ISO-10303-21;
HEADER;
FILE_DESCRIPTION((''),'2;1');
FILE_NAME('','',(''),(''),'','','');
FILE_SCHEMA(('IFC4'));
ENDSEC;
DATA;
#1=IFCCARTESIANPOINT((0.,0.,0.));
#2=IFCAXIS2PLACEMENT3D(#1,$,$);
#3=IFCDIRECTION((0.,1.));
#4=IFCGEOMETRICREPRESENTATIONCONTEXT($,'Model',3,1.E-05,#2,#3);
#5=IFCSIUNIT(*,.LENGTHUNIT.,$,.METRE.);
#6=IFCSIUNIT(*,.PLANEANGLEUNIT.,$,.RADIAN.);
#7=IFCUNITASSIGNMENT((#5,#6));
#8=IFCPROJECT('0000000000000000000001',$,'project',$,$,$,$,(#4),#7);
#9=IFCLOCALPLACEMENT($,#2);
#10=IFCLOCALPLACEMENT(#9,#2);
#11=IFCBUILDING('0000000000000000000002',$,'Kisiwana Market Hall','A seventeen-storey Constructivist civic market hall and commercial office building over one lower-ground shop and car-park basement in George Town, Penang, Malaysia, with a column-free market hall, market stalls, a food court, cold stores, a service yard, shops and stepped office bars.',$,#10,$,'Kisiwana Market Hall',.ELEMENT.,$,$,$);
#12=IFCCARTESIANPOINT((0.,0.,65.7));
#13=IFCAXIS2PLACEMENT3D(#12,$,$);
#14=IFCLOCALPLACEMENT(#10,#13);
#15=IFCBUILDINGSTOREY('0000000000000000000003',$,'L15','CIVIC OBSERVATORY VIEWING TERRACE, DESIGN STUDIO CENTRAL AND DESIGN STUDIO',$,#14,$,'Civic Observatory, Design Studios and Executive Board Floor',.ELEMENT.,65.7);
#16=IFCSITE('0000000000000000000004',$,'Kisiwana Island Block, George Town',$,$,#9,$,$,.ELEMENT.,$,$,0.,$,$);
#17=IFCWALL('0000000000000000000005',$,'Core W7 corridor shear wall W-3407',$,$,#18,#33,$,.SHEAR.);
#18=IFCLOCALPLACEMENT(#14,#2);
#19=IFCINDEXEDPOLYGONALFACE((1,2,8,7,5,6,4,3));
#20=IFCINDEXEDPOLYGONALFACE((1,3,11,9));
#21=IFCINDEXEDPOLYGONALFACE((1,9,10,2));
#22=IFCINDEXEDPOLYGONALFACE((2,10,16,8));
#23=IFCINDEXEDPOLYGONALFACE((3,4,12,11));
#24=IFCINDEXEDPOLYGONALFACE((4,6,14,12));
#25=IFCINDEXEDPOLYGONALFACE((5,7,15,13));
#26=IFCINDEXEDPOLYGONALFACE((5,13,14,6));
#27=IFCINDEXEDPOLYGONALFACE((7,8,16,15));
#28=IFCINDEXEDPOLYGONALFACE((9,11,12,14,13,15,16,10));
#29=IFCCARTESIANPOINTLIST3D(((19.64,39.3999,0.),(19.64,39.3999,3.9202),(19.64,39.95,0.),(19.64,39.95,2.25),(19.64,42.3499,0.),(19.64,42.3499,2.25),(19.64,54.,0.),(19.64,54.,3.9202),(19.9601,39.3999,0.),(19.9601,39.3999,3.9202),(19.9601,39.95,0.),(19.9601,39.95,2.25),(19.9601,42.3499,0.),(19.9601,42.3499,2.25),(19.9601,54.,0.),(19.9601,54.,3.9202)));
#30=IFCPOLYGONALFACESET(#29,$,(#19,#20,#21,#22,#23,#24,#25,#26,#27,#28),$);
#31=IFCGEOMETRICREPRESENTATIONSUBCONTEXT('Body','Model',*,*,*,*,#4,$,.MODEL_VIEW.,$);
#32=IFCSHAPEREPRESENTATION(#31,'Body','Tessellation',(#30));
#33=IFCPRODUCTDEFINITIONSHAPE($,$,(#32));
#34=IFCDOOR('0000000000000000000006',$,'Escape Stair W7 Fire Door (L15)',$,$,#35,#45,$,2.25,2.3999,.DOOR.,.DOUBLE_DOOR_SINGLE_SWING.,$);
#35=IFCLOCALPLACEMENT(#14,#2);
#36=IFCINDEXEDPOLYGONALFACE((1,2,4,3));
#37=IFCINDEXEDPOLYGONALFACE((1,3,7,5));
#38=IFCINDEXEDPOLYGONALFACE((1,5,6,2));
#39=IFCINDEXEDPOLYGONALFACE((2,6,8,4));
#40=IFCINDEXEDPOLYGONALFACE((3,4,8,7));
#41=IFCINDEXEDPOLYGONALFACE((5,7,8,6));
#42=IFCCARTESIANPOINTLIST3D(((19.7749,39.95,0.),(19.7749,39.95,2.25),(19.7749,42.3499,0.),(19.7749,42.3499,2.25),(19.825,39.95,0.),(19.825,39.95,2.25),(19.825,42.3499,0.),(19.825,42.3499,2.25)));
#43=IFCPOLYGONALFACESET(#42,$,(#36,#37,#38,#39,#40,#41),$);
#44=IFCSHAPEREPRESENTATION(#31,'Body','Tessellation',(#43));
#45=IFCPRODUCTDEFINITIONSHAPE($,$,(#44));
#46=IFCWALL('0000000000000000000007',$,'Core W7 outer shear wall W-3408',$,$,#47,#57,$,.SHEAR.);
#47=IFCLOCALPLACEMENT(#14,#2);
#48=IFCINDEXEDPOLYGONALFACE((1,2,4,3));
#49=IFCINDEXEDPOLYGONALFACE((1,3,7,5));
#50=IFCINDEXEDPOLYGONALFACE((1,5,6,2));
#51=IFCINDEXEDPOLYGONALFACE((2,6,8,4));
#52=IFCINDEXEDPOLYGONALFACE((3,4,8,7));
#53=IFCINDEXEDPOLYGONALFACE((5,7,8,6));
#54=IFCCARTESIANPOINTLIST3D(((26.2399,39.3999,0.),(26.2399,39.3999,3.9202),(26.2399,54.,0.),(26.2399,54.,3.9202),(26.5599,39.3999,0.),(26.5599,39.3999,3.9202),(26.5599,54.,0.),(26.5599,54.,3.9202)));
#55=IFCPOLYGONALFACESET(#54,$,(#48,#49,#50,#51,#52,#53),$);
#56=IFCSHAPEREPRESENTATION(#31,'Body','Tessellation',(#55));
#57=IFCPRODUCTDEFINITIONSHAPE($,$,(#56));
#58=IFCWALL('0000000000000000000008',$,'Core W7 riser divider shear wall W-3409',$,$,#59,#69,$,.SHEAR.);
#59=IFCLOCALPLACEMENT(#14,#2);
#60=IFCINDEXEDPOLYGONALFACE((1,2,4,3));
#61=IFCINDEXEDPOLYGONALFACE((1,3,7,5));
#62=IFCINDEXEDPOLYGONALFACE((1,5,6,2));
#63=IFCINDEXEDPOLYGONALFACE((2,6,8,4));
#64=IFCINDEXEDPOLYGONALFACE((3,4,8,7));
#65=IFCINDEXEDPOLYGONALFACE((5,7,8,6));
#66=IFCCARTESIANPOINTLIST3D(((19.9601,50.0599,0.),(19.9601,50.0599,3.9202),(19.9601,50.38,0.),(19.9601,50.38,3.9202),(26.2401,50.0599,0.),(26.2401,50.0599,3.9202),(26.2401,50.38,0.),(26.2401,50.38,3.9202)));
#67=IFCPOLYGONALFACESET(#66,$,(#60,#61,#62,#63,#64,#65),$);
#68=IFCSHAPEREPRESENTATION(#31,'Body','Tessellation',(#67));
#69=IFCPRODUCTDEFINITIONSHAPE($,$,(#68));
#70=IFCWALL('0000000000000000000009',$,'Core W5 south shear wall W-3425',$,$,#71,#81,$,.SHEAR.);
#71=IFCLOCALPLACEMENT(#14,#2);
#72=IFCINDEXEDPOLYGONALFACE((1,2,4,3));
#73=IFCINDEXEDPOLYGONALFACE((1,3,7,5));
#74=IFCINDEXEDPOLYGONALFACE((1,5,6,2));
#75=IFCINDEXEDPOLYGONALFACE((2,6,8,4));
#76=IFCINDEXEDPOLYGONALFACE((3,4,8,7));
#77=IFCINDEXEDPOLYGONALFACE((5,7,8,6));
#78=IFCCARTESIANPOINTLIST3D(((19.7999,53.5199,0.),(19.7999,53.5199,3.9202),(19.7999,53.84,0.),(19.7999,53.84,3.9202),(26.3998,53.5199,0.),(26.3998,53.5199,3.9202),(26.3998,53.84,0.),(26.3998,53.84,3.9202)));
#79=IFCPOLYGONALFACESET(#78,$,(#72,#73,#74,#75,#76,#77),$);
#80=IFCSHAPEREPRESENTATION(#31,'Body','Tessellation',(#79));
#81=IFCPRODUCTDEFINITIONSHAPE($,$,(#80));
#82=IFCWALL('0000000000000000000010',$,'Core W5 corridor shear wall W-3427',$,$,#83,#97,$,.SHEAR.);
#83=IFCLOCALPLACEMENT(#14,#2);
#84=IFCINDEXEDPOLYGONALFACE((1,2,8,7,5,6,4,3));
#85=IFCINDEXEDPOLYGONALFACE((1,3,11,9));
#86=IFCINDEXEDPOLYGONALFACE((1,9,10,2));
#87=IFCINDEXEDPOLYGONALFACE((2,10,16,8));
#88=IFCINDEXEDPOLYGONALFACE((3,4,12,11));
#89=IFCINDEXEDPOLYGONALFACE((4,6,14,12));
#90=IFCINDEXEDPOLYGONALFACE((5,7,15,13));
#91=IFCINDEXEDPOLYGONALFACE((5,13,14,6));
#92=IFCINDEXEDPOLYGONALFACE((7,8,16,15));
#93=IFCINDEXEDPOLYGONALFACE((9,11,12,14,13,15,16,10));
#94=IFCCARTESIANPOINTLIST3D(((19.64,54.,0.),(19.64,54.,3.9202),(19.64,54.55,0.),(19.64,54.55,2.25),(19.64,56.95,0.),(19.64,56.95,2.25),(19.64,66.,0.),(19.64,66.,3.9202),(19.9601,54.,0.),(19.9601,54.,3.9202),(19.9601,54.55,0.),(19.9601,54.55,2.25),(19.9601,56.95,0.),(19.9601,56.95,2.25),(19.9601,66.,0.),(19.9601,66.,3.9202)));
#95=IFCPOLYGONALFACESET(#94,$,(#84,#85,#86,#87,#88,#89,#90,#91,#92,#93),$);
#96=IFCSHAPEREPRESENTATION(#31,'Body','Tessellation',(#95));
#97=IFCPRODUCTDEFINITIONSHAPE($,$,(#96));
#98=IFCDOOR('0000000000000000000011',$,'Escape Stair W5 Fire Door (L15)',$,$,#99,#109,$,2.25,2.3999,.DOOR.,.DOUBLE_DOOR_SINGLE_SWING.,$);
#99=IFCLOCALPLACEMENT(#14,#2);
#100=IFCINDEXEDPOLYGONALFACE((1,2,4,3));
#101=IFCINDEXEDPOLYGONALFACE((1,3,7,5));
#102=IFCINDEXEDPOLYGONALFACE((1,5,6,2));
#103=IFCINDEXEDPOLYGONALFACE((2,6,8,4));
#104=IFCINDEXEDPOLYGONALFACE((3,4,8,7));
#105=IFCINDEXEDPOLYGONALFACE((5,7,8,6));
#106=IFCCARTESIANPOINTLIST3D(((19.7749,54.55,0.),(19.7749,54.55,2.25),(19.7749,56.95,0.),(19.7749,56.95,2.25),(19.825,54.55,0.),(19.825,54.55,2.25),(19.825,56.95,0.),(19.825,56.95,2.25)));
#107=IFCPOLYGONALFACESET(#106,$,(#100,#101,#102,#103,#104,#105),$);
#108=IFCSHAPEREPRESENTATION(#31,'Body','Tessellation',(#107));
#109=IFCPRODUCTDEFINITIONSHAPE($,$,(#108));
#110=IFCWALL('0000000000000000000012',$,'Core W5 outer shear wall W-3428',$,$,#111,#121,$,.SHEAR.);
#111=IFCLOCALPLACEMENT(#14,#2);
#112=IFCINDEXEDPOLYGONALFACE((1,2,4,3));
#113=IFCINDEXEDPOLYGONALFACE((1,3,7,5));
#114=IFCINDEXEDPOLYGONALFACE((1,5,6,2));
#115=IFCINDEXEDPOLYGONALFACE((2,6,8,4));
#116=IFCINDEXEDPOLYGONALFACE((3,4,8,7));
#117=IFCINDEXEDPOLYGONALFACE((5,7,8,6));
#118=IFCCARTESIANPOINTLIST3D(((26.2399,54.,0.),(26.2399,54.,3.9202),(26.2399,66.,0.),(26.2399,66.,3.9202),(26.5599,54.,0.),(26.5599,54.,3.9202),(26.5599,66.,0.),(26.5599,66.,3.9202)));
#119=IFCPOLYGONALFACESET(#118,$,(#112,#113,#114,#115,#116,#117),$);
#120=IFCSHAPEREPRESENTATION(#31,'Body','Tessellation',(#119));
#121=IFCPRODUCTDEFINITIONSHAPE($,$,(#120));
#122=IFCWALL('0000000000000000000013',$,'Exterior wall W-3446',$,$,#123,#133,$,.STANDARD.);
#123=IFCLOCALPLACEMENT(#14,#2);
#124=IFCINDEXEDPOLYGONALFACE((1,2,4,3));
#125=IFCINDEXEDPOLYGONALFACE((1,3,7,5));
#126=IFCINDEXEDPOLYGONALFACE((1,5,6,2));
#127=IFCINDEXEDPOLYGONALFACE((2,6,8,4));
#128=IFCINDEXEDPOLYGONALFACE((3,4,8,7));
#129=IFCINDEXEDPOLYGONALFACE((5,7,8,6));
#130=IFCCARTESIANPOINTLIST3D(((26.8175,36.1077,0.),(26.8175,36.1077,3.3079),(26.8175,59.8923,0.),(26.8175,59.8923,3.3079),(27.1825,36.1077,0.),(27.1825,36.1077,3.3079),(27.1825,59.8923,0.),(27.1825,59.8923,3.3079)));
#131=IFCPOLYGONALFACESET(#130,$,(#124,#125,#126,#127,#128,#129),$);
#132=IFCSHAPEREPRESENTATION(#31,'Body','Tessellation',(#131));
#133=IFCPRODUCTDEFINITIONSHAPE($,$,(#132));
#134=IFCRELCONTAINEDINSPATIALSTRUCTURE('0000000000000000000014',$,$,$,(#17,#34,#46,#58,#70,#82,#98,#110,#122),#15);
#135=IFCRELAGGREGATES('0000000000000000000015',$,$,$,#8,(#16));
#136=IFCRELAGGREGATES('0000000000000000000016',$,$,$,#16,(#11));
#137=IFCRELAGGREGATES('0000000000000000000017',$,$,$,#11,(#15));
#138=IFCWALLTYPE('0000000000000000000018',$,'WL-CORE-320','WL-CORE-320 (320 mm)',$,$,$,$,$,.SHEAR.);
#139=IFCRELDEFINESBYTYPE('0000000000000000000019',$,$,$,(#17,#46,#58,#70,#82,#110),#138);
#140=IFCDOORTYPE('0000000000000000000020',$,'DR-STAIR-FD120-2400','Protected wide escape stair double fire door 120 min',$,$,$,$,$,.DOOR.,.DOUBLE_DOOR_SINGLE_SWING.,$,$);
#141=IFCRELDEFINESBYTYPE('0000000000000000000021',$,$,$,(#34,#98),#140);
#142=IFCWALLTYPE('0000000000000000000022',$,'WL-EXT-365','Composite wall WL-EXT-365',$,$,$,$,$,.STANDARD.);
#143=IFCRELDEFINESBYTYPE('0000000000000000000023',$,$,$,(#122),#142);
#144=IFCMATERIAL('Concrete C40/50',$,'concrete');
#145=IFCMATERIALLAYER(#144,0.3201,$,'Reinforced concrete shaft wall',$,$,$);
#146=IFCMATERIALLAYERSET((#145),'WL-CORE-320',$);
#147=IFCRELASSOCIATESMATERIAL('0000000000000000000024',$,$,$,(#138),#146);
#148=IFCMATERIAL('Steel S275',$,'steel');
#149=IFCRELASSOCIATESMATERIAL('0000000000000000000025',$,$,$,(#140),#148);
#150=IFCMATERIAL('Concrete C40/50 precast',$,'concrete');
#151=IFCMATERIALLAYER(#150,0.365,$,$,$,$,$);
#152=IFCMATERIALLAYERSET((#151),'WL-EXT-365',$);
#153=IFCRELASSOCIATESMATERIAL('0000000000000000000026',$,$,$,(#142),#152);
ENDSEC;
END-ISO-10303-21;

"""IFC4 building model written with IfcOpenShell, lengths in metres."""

from ifc_helpers import new_model, si_unit, direction, frame, frame_2d, origin, place, context, subcontext, project, spatial, rectangle, extrude, material, layer, layer_set, type_object, element, fill, save


model = new_model("IFC4")

# Units and contexts
model_context = context("Model", 3, precision=1e-05, world=origin(), true_north=direction((0.0, 1.0)))
body_context = subcontext(model_context, "Body", "Model", "MODEL_VIEW")
ifc_project = project(units=[si_unit("LENGTHUNIT", "METRE"), si_unit("PLANEANGLEUNIT", "RADIAN")], contexts=[model_context])

# Site, building, storey
site_placement = place(None, origin())
site = spatial("IfcSite", under=ifc_project, at=site_placement, Name="Kisiwana Island Block, George Town", CompositionType="ELEMENT", RefElevation=0.0)
building_placement = place(site_placement, origin())
building = spatial("IfcBuilding", under=site, at=building_placement, Name="Kisiwana Market Hall", Description="A seventeen-storey Constructivist civic market hall and commercial office building over one lower-ground shop and car-park basement in George Town, Penang, Malaysia, with a column-free market hall, market stalls, a food court, cold stores, a service yard, shops and stepped office bars.", LongName="Kisiwana Market Hall", CompositionType="ELEMENT")
storey_placement = place(building_placement, frame((0.0, 0.0, 65.7)))
storey = spatial("IfcBuildingStorey", under=building, at=storey_placement, Name="L15", Description="CIVIC OBSERVATORY VIEWING TERRACE, DESIGN STUDIO CENTRAL AND DESIGN STUDIO", LongName="Civic Observatory, Design Studios and Executive Board Floor", CompositionType="ELEMENT", Elevation=65.7)

# Shared definitions
ifc_material_1 = material(Name="Concrete C40/50", Category="concrete")
ifc_layer_1 = layer(ifc_material_1, 0.3201, Name="Reinforced concrete shaft wall")
ifc_layer_set_1 = layer_set([ifc_layer_1], Name="WL-CORE-320")
wall_type_1 = type_object("IfcWallType", Name="WL-CORE-320", Description="WL-CORE-320 (320 mm)", PredefinedType="SHEAR", material=ifc_layer_set_1)
ifc_material_2 = material(Name="Steel S275", Category="steel")
door_type_1 = type_object("IfcDoorType", Name="DR-STAIR-FD120-2400", Description="Protected wide escape stair double fire door 120 min", OperationType="DOUBLE_DOOR_SINGLE_SWING", PredefinedType="DOOR", material=ifc_material_2)

# Wall, opening, door
wall_1_placement = place(storey_placement, frame((19.8, 39.3999, 0.0), z_axis=(0.0, 0.0, 1.0), x_axis=(0.0, 1.0, 0.0)))
wall_1 = element("IfcWall", 1, at=wall_1_placement, inside=storey, type_object=wall_type_1, Name="Core W7 corridor shear wall W-3407", PredefinedType="SHEAR", context=body_context, shape_type="SweptSolid", body=[
    extrude(rectangle(XDim=14.6001, YDim=0.3201, at=frame_2d((7.3, 0.0))), origin(), (0.0, 0.0, 1.0), 3.9202),
])
opening_1_placement = place(wall_1_placement, frame((0.55, 0.0, 0.0)))
opening_1 = element("IfcOpeningElement", 2, at=opening_1_placement, cuts=wall_1, PredefinedType="OPENING", context=body_context, shape_type="SweptSolid", body=[
    extrude(rectangle(XDim=2.3999, YDim=2.25, at=frame_2d((1.2, 1.125))), frame((0.0, 0.1719, 0.0), z_axis=(0.0, -1.0, 0.0), x_axis=(1.0, 0.0, 0.0)), (0.0, 0.0, 1.0), 0.344),
])
door_1_placement = place(opening_1_placement, frame((2.3999, 0.0, 0.0), z_axis=(0.0, 0.0, 1.0), x_axis=(-1.0, 0.0, 0.0)))
door_1 = element("IfcDoor", 3, at=door_1_placement, inside=storey, type_object=door_type_1, Name="Escape Stair W7 Fire Door (L15)", OperationType="DOUBLE_DOOR_SINGLE_SWING", OverallHeight=2.25, OverallWidth=2.3999, PredefinedType="DOOR", context=body_context, shape_type="SweptSolid", body=[
    extrude(rectangle(XDim=2.3999, YDim=2.25, at=frame_2d((1.2, 1.125))), frame((0.0, 0.0249, 0.0), z_axis=(0.0, -1.0, 0.0), x_axis=(1.0, 0.0, 0.0)), (0.0, 0.0, 1.0), 0.05),
])
fill(opening_1, door_1)

# Walls
wall_2_placement = place(storey_placement, frame((26.3999, 39.3999, 0.0), z_axis=(0.0, 0.0, 1.0), x_axis=(0.0, 1.0, 0.0)))
element("IfcWall", 4, at=wall_2_placement, inside=storey, type_object=wall_type_1, Name="Core W7 outer shear wall W-3408", PredefinedType="SHEAR", context=body_context, shape_type="SweptSolid", body=[
    extrude(rectangle(XDim=14.6001, YDim=0.3201, at=frame_2d((7.3, 0.0))), origin(), (0.0, 0.0, 1.0), 3.9202),
])
wall_3_placement = place(storey_placement, frame((19.96, 50.22, 0.0), z_axis=(0.0, 0.0, 1.0), x_axis=(1.0, 0.0, 0.0)))
element("IfcWall", 5, at=wall_3_placement, inside=storey, type_object=wall_type_1, Name="Core W7 riser divider shear wall W-3409", PredefinedType="SHEAR", context=body_context, shape_type="SweptSolid", body=[
    extrude(rectangle(XDim=6.28, YDim=0.3201, at=frame_2d((3.1401, 0.0))), origin(), (0.0, 0.0, 1.0), 3.9202),
])
wall_4_placement = place(storey_placement, frame((19.8, 53.6799, 0.0), z_axis=(0.0, 0.0, 1.0), x_axis=(1.0, 0.0, 0.0)))
element("IfcWall", 6, at=wall_4_placement, inside=storey, type_object=wall_type_1, Name="Core W5 south shear wall W-3425", PredefinedType="SHEAR", context=body_context, shape_type="SweptSolid", body=[
    extrude(rectangle(XDim=6.5999, YDim=0.3201, at=frame_2d((3.2998, 0.0))), origin(), (0.0, 0.0, 1.0), 3.9202),
])

# Wall, opening, door
wall_5_placement = place(storey_placement, frame((19.8, 54.0, 0.0), z_axis=(0.0, 0.0, 1.0), x_axis=(0.0, 1.0, 0.0)))
wall_5 = element("IfcWall", 7, at=wall_5_placement, inside=storey, type_object=wall_type_1, Name="Core W5 corridor shear wall W-3427", PredefinedType="SHEAR", context=body_context, shape_type="SweptSolid", body=[
    extrude(rectangle(XDim=12.0, YDim=0.3201, at=frame_2d((6.0, 0.0))), origin(), (0.0, 0.0, 1.0), 3.9202),
])
opening_2_placement = place(wall_5_placement, frame((0.55, 0.0, 0.0)))
opening_2 = element("IfcOpeningElement", 8, at=opening_2_placement, cuts=wall_5, PredefinedType="OPENING", context=body_context, shape_type="SweptSolid", body=[
    extrude(rectangle(XDim=2.3999, YDim=2.25, at=frame_2d((1.2, 1.125))), frame((0.0, 0.1719, 0.0), z_axis=(0.0, -1.0, 0.0), x_axis=(1.0, 0.0, 0.0)), (0.0, 0.0, 1.0), 0.344),
])
door_2_placement = place(opening_2_placement, frame((2.3999, 0.0, 0.0), z_axis=(0.0, 0.0, 1.0), x_axis=(-1.0, 0.0, 0.0)))
door_2 = element("IfcDoor", 9, at=door_2_placement, inside=storey, type_object=door_type_1, Name="Escape Stair W5 Fire Door (L15)", OperationType="DOUBLE_DOOR_SINGLE_SWING", OverallHeight=2.25, OverallWidth=2.3999, PredefinedType="DOOR", context=body_context, shape_type="SweptSolid", body=[
    extrude(rectangle(XDim=2.3999, YDim=2.25, at=frame_2d((1.2, 1.125))), frame((0.0, 0.0249, 0.0), z_axis=(0.0, -1.0, 0.0), x_axis=(1.0, 0.0, 0.0)), (0.0, 0.0, 1.0), 0.05),
])
fill(opening_2, door_2)

# Walls
wall_6_placement = place(storey_placement, frame((26.3999, 54.0, 0.0), z_axis=(0.0, 0.0, 1.0), x_axis=(0.0, 1.0, 0.0)))
element("IfcWall", 10, at=wall_6_placement, inside=storey, type_object=wall_type_1, Name="Core W5 outer shear wall W-3428", PredefinedType="SHEAR", context=body_context, shape_type="SweptSolid", body=[
    extrude(rectangle(XDim=12.0, YDim=0.3201, at=frame_2d((6.0, 0.0))), origin(), (0.0, 0.0, 1.0), 3.9202),
])
ifc_material_3 = material(Name="Concrete C40/50 precast", Category="concrete")
ifc_layer_2 = layer(ifc_material_3, 0.365)
ifc_layer_set_2 = layer_set([ifc_layer_2], Name="WL-EXT-365")
wall_type_2 = type_object("IfcWallType", Name="WL-EXT-365", Description="Composite wall WL-EXT-365", PredefinedType="STANDARD", material=ifc_layer_set_2)
wall_7_placement = place(storey_placement, frame((27.0, 36.1077, 0.0), z_axis=(0.0, 0.0, 1.0), x_axis=(0.0, 1.0, 0.0)))
element("IfcWall", 11, at=wall_7_placement, inside=storey, type_object=wall_type_2, Name="Exterior wall W-3446", PredefinedType="STANDARD", context=body_context, shape_type="SweptSolid", body=[
    extrude(rectangle(XDim=23.7847, YDim=0.365, at=frame_2d((11.8923, 0.0))), origin(), (0.0, 0.0, 1.0), 3.3079),
])

save(model, "model.ifc")
